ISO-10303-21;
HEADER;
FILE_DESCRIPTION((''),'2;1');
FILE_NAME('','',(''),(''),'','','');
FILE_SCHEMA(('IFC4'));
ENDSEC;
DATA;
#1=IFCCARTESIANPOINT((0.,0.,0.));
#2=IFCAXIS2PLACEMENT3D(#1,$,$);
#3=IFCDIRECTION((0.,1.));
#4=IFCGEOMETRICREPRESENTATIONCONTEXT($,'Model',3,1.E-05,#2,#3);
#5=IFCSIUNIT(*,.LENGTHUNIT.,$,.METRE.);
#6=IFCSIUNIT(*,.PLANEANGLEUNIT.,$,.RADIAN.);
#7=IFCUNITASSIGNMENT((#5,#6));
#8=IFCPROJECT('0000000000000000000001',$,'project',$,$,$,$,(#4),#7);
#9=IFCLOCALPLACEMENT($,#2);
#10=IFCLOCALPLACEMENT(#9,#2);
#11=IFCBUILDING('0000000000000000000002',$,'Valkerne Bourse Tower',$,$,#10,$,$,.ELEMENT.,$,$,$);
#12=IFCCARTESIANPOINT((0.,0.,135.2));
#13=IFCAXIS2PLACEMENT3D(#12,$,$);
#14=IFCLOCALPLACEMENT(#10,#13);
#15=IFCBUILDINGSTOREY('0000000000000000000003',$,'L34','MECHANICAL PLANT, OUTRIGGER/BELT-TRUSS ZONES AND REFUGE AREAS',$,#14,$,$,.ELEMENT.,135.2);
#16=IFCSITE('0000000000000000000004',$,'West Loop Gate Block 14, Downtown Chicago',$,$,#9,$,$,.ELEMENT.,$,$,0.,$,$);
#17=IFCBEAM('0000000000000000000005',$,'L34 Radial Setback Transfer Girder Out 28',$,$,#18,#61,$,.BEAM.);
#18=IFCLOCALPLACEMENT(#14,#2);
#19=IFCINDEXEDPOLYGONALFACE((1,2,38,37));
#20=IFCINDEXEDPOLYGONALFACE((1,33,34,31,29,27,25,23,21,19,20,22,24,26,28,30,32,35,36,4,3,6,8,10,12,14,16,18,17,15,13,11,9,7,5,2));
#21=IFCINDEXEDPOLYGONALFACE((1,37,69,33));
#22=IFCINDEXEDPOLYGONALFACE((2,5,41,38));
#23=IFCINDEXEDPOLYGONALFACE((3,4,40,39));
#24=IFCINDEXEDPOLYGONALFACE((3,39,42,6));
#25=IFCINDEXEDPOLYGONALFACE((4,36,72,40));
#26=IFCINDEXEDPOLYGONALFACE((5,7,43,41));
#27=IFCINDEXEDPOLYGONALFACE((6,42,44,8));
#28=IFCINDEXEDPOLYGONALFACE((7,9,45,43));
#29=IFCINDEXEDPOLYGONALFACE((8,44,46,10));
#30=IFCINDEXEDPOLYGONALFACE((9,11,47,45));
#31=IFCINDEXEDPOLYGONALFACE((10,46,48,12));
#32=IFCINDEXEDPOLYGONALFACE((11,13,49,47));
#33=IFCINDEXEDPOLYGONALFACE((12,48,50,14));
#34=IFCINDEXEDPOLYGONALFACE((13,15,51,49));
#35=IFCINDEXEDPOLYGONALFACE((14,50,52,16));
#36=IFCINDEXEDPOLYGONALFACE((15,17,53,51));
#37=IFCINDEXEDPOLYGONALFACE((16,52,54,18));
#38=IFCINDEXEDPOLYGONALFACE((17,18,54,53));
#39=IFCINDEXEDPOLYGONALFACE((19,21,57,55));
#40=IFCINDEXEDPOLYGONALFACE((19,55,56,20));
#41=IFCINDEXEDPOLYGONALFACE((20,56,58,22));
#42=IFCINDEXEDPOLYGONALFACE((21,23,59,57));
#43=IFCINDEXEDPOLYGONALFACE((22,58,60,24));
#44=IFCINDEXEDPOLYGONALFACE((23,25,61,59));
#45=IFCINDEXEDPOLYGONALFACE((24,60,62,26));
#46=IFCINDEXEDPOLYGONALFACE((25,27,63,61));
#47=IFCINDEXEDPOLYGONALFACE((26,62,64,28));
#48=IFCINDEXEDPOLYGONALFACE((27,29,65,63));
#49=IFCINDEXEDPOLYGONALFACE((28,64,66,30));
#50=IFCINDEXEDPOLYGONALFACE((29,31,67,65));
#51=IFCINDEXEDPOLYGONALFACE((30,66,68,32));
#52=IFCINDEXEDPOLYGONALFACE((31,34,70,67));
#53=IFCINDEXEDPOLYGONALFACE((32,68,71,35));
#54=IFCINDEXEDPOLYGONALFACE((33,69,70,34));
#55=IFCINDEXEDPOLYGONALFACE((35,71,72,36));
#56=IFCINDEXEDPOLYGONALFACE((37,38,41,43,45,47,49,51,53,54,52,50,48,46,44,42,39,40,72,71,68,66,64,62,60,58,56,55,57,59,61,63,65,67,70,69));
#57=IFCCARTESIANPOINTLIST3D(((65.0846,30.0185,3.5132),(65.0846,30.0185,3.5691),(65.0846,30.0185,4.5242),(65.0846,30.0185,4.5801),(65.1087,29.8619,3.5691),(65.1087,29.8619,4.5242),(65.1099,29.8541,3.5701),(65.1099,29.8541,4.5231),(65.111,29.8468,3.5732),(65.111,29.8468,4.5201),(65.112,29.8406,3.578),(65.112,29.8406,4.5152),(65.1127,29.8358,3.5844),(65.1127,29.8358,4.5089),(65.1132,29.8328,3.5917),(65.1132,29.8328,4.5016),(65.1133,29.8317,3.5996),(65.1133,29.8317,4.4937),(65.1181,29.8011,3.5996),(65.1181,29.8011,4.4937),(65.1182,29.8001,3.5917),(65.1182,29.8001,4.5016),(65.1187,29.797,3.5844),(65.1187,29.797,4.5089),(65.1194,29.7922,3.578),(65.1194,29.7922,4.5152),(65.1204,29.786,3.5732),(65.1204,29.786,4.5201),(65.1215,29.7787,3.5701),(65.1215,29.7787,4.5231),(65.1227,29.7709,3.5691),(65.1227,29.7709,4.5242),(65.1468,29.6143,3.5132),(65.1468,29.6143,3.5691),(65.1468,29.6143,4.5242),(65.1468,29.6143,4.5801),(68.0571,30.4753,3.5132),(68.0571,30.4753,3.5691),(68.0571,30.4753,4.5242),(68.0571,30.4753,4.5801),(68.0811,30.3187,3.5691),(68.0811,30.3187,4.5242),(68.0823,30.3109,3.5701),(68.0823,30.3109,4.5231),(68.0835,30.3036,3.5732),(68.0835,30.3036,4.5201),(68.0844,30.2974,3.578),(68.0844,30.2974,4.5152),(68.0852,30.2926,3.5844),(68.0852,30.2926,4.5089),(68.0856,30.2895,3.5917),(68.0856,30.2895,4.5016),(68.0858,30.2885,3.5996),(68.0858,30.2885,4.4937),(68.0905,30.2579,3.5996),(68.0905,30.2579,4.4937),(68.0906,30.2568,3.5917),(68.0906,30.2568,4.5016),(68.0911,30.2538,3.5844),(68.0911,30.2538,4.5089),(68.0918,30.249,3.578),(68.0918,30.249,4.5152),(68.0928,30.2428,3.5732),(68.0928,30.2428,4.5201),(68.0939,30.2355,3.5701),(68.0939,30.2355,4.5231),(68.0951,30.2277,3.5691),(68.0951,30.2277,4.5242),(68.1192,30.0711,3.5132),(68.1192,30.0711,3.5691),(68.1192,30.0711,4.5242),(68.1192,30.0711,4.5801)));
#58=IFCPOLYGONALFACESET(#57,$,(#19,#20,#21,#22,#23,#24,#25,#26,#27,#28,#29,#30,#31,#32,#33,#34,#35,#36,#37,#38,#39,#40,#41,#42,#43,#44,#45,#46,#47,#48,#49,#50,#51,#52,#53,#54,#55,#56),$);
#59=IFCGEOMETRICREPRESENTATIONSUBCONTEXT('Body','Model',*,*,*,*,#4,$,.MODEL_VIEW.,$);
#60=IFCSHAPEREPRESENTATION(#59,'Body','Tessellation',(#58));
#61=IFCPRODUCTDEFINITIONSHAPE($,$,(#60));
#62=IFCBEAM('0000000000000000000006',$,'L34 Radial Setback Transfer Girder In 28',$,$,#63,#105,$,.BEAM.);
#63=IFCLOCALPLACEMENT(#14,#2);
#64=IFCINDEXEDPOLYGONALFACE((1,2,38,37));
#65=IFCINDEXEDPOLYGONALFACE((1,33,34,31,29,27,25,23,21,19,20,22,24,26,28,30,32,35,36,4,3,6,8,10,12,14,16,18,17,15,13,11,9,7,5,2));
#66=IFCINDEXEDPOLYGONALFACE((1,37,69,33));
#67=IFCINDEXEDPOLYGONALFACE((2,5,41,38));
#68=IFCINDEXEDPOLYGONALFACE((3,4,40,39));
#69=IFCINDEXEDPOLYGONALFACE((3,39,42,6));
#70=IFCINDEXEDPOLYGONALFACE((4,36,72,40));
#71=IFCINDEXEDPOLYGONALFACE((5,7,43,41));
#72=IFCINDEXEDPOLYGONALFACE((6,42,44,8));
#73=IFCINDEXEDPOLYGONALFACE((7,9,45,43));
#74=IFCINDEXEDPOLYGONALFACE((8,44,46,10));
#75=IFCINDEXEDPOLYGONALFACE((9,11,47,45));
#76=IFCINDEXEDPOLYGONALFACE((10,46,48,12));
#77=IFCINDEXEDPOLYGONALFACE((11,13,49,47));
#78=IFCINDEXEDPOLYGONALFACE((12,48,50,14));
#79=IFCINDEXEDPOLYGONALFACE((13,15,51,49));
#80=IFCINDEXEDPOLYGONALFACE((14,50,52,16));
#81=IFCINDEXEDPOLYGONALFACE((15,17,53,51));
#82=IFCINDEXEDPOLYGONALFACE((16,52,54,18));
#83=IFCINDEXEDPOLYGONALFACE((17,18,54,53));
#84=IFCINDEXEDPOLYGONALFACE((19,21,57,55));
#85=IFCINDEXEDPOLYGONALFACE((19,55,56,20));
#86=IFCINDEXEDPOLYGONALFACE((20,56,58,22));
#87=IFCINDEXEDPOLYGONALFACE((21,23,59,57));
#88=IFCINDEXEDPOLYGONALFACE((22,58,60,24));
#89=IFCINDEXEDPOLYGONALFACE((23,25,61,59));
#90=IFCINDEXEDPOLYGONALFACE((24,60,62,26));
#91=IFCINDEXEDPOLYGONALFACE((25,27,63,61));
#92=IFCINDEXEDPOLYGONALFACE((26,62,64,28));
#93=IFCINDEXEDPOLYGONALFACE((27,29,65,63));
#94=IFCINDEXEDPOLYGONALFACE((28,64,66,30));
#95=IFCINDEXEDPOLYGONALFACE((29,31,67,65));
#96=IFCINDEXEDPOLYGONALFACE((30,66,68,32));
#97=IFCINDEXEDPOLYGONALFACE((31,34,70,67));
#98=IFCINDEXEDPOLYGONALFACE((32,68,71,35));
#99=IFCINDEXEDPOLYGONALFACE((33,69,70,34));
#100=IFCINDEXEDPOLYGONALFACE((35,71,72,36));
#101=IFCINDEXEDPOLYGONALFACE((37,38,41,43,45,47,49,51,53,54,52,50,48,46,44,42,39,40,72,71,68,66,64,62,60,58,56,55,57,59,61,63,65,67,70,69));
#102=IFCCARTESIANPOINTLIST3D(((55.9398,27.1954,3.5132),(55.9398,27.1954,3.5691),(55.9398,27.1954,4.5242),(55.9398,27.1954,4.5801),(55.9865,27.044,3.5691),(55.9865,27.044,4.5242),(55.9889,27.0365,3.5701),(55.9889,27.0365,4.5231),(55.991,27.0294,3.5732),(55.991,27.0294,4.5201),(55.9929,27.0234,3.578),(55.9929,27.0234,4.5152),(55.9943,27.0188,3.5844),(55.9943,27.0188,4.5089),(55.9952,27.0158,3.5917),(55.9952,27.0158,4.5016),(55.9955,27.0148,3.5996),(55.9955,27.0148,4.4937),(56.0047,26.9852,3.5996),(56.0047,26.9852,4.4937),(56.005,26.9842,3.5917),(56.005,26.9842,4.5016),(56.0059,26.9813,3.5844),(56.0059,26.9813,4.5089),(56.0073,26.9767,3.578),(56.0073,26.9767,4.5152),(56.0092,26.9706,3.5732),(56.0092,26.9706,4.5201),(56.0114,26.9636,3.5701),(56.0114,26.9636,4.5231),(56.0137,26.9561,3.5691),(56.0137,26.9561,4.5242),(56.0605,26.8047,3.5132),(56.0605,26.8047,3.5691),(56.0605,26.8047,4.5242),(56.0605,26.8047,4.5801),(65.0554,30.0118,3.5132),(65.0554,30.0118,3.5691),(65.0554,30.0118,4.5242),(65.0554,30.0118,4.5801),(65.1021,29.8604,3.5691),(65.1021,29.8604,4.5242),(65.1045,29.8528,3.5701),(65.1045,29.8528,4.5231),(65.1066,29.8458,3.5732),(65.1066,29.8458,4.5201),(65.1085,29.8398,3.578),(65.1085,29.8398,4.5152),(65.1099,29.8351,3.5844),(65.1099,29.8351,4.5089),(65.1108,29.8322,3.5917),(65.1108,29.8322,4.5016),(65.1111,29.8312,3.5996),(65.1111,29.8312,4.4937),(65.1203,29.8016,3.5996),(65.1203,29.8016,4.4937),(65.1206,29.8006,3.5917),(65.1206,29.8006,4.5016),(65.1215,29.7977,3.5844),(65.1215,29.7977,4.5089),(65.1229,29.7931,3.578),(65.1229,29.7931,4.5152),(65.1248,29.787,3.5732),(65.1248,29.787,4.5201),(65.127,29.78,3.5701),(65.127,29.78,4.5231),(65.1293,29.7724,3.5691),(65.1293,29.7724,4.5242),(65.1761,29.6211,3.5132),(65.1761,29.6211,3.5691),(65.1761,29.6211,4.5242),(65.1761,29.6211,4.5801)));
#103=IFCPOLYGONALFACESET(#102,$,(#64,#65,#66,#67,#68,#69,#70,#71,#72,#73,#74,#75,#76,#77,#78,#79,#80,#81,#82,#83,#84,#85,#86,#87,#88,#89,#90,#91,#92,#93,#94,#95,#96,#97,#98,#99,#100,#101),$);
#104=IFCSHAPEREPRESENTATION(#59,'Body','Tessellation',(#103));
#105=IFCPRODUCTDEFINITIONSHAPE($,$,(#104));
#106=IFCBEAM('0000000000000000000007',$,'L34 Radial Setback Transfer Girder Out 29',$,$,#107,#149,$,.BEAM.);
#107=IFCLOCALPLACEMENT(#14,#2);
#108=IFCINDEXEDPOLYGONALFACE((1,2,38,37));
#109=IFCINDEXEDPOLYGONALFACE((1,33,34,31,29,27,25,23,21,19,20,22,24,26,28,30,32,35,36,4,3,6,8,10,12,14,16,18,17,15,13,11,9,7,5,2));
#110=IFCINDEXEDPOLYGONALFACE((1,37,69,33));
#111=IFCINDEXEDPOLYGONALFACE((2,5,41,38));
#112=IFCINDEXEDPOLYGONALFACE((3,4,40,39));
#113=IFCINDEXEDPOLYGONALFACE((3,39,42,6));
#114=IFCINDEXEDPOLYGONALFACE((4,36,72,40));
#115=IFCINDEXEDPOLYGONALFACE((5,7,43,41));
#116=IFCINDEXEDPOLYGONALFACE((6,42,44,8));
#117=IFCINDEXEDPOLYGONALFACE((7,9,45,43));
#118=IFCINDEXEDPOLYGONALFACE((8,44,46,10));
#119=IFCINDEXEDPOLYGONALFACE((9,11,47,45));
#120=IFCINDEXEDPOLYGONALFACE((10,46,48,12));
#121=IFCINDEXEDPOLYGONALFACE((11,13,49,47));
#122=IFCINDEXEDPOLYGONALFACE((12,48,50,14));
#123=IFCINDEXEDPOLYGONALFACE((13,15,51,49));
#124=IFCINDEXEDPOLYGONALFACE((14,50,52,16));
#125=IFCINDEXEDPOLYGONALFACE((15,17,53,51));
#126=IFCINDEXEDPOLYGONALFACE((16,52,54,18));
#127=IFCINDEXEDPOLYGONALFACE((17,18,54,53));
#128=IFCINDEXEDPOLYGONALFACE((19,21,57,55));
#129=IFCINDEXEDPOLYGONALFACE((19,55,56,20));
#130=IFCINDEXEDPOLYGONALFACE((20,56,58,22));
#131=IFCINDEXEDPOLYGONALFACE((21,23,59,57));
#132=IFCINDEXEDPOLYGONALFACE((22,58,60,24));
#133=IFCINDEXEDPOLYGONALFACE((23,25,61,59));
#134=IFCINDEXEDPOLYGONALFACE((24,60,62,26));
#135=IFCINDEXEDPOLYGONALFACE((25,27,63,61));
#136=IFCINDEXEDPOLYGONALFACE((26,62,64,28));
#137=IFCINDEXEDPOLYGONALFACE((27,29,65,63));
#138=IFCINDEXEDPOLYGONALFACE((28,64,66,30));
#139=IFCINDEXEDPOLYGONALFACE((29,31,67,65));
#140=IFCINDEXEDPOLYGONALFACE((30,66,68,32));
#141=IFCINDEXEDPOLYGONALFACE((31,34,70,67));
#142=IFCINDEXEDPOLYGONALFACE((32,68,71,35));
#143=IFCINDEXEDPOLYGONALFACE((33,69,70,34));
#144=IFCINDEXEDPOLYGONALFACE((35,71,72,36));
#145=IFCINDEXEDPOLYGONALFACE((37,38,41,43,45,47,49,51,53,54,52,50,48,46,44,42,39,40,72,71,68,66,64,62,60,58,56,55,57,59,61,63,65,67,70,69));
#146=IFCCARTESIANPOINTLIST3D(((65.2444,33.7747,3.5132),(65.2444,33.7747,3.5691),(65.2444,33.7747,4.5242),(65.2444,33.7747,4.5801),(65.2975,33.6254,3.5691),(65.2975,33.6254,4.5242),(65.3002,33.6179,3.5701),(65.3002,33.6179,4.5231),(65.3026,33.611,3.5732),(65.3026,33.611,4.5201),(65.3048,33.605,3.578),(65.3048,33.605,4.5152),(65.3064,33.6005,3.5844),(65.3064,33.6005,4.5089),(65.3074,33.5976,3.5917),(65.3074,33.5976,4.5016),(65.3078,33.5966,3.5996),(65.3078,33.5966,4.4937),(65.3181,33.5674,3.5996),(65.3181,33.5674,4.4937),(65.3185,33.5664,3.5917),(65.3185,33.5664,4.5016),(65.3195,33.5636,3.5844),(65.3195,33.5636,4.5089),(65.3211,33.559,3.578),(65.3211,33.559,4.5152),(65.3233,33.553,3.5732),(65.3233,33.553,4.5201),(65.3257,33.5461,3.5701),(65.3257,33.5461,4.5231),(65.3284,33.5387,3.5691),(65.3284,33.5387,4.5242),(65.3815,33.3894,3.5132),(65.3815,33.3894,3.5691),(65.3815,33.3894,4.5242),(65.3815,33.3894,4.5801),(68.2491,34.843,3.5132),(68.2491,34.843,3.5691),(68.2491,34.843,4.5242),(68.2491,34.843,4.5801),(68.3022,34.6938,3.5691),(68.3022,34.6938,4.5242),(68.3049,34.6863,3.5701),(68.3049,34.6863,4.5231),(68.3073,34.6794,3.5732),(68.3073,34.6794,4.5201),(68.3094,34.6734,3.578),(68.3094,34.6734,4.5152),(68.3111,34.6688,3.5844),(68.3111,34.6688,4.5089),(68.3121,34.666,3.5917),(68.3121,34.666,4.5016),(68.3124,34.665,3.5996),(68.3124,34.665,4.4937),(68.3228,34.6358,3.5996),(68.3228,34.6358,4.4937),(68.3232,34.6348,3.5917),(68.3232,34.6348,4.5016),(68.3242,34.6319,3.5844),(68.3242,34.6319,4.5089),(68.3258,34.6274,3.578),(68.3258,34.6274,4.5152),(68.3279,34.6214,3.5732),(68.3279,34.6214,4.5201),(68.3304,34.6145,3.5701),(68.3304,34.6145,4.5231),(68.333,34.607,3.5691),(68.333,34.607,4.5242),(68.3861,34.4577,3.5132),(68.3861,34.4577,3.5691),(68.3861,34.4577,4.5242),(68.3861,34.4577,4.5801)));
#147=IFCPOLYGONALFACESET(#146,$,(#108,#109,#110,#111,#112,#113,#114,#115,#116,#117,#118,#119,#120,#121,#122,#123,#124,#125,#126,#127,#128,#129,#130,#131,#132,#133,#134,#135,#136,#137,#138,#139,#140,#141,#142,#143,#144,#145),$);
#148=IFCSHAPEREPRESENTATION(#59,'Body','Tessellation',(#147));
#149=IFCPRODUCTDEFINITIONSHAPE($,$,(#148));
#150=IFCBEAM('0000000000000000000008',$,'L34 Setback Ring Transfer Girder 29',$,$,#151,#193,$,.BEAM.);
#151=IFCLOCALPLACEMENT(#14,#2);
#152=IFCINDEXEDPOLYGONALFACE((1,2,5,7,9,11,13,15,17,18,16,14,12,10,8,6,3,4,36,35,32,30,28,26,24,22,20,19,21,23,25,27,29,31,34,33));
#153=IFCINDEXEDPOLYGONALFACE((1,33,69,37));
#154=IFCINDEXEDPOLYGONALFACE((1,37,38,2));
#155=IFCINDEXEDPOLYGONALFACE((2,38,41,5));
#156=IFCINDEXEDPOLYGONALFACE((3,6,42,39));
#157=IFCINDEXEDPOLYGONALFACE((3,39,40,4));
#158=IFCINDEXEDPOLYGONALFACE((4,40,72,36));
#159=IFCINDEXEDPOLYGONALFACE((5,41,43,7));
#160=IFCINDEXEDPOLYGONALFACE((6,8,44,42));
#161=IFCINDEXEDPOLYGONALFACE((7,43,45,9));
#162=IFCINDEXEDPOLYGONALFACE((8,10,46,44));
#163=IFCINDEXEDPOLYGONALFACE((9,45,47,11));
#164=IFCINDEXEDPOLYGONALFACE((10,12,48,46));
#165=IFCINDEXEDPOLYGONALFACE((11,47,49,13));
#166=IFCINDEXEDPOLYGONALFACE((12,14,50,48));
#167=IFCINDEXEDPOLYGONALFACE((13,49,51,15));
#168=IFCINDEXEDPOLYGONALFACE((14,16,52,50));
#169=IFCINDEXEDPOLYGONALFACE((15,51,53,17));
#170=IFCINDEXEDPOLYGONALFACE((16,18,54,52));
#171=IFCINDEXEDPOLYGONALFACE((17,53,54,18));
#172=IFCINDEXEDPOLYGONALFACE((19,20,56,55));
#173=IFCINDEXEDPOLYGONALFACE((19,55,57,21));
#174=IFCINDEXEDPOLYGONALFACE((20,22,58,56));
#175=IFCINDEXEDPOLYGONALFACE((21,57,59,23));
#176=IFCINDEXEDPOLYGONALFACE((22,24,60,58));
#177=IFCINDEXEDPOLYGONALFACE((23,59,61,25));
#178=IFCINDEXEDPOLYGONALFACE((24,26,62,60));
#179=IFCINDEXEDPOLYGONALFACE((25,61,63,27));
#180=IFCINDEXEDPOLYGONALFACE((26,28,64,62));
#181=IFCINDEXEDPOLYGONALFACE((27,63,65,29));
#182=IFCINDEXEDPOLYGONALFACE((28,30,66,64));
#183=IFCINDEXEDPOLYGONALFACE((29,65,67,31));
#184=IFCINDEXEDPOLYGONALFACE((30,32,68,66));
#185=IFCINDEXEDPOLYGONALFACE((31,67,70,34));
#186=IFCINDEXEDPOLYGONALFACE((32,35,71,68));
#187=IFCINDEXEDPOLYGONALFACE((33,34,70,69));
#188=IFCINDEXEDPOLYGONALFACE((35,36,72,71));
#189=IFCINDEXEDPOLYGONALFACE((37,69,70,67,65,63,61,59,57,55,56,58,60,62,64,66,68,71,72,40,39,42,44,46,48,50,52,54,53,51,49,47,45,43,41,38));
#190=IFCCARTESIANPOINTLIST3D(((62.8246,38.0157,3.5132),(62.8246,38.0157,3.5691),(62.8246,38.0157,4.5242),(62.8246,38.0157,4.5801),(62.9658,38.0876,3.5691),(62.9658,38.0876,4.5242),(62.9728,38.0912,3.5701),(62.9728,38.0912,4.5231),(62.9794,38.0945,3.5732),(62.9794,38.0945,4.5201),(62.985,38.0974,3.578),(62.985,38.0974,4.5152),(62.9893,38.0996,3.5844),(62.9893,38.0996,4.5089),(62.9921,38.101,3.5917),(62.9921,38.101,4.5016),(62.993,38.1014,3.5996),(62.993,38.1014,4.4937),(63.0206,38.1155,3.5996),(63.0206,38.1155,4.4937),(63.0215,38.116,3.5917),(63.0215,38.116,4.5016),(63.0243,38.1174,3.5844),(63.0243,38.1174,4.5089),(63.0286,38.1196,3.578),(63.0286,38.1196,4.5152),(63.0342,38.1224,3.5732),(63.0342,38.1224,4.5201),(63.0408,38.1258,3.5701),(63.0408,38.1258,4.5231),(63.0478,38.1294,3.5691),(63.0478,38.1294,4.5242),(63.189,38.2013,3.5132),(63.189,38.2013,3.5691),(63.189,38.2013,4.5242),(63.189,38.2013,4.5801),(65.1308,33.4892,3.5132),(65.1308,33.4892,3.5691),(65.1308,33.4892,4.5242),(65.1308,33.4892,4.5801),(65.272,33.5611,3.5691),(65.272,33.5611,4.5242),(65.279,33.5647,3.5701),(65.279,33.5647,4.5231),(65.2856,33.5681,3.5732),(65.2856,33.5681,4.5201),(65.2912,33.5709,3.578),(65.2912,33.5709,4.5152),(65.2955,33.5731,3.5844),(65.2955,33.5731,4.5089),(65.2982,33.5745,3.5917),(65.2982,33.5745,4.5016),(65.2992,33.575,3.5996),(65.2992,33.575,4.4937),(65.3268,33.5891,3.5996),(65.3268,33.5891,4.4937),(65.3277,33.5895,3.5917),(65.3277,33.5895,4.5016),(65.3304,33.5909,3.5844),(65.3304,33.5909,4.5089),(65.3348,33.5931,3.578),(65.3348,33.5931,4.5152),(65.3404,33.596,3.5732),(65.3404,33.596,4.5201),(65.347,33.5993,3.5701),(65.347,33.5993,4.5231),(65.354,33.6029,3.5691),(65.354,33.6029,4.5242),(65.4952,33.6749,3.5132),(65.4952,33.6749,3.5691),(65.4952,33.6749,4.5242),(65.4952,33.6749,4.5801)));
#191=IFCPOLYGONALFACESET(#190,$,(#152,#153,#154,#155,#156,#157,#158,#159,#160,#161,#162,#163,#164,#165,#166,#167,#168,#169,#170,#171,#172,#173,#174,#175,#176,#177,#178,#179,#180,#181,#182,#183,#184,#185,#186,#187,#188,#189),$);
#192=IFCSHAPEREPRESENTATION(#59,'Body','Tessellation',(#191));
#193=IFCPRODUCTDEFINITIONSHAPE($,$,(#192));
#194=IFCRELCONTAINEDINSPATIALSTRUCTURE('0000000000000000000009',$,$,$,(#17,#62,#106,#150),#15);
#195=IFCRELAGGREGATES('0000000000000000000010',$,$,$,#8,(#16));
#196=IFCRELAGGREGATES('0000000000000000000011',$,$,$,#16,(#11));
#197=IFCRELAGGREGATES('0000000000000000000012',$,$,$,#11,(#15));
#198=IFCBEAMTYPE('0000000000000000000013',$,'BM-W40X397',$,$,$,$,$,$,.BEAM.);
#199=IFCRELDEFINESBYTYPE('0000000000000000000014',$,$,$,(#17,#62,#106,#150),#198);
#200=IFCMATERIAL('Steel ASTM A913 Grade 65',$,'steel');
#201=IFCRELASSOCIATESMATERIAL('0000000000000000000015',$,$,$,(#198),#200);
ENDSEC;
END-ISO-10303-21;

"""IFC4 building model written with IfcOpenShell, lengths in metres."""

from ifc_helpers import new_model, si_unit, direction, frame, origin, origin_2d, place, context, subcontext, project, spatial, i_section, extrude, material, material_profile, profile_set, type_object, element, save


model = new_model("IFC4")

# Units and contexts
model_context = context("Model", 3, precision=1e-05, world=origin(), true_north=direction((0.0, 1.0)))
body_context = subcontext(model_context, "Body", "Model", "MODEL_VIEW")
ifc_project = project(units=[si_unit("LENGTHUNIT", "METRE"), si_unit("PLANEANGLEUNIT", "RADIAN")], contexts=[model_context])

# Site, building, storey
site_placement = place(None, origin())
site = spatial("IfcSite", under=ifc_project, at=site_placement, Name="West Loop Gate Block 14, Downtown Chicago", CompositionType="ELEMENT", RefElevation=0.0)
building_placement = place(site_placement, origin())
building = spatial("IfcBuilding", under=site, at=building_placement, Name="Valkerne Bourse Tower", CompositionType="ELEMENT")
storey_placement = place(building_placement, frame((0.0, 0.0, 135.2)))
storey = spatial("IfcBuildingStorey", under=building, at=storey_placement, Name="L34", Description="MECHANICAL PLANT, OUTRIGGER/BELT-TRUSS ZONES AND REFUGE AREAS", CompositionType="ELEMENT", Elevation=135.2)

# Shared definitions
ifc_material_1 = material(Name="Steel ASTM A913 Grade 65", Category="steel")

# Beams
ifc_material_profile_1 = material_profile(ifc_material_1, i_section(OverallWidth=0.4089, OverallDepth=1.0669, WebThickness=0.031, FlangeThickness=0.0559, FilletRadius=0.0305, at=origin_2d()), Name="W40X397")
ifc_profile_set_1 = profile_set([ifc_material_profile_1], Name="Steel ASTM A913 Grade 65")
beam_type_1 = type_object("IfcBeamType", Name="BM-W40X397", PredefinedType="BEAM", material=ifc_profile_set_1)
beam_1_placement = place(storey_placement, frame((68.0881, 30.2732, 4.0466), z_axis=(-0.988397, -0.151892, 0.0), x_axis=(0.151892, -0.988397, 0.0)))
element("IfcBeam", 1, at=beam_1_placement, inside=storey, type_object=beam_type_1, Name="L34 Radial Setback Transfer Girder Out 28", PredefinedType="BEAM", context=body_context, shape_type="SweptSolid", body=[
    extrude(i_section(OverallWidth=0.4089, OverallDepth=1.0669, WebThickness=0.031, FlangeThickness=0.0559, FilletRadius=0.0305, at=origin_2d()), origin(), (0.0, 0.0, 1.0), 3.0073),
])
beam_2_placement = place(storey_placement, frame((65.1157, 29.8164, 4.0466), z_axis=(-0.955438, -0.295193, 0.0), x_axis=(0.295193, -0.955438, 0.0)))
element("IfcBeam", 2, at=beam_2_placement, inside=storey, type_object=beam_type_1, Name="L34 Radial Setback Transfer Girder In 28", PredefinedType="BEAM", context=body_context, shape_type="SweptSolid", body=[
    extrude(i_section(OverallWidth=0.4089, OverallDepth=1.0669, WebThickness=0.031, FlangeThickness=0.0559, FilletRadius=0.0305, at=origin_2d()), origin(), (0.0, 0.0, 1.0), 9.5408),
])
beam_3_placement = place(storey_placement, frame((68.3176, 34.6504, 4.0466), z_axis=(-0.94221, -0.335022, 0.0), x_axis=(0.335022, -0.94221, 0.0)))
element("IfcBeam", 3, at=beam_3_placement, inside=storey, type_object=beam_type_1, Name="L34 Radial Setback Transfer Girder Out 29", PredefinedType="BEAM", context=body_context, shape_type="SweptSolid", body=[
    extrude(i_section(OverallWidth=0.4089, OverallDepth=1.0669, WebThickness=0.031, FlangeThickness=0.0559, FilletRadius=0.0305, at=origin_2d()), origin(), (0.0, 0.0, 1.0), 3.189),
])
beam_4_placement = place(storey_placement, frame((65.313, 33.582, 4.0466), z_axis=(-0.453968, 0.891018, 0.0), x_axis=(-0.891018, -0.453968, 0.0)))
element("IfcBeam", 4, at=beam_4_placement, inside=storey, type_object=beam_type_1, Name="L34 Setback Ring Transfer Girder 29", PredefinedType="BEAM", context=body_context, shape_type="SweptSolid", body=[
    extrude(i_section(OverallWidth=0.4089, OverallDepth=1.0669, WebThickness=0.031, FlangeThickness=0.0559, FilletRadius=0.0305, at=origin_2d()), origin(), (0.0, 0.0, 1.0), 5.0801),
])

save(model, "model.ifc")
